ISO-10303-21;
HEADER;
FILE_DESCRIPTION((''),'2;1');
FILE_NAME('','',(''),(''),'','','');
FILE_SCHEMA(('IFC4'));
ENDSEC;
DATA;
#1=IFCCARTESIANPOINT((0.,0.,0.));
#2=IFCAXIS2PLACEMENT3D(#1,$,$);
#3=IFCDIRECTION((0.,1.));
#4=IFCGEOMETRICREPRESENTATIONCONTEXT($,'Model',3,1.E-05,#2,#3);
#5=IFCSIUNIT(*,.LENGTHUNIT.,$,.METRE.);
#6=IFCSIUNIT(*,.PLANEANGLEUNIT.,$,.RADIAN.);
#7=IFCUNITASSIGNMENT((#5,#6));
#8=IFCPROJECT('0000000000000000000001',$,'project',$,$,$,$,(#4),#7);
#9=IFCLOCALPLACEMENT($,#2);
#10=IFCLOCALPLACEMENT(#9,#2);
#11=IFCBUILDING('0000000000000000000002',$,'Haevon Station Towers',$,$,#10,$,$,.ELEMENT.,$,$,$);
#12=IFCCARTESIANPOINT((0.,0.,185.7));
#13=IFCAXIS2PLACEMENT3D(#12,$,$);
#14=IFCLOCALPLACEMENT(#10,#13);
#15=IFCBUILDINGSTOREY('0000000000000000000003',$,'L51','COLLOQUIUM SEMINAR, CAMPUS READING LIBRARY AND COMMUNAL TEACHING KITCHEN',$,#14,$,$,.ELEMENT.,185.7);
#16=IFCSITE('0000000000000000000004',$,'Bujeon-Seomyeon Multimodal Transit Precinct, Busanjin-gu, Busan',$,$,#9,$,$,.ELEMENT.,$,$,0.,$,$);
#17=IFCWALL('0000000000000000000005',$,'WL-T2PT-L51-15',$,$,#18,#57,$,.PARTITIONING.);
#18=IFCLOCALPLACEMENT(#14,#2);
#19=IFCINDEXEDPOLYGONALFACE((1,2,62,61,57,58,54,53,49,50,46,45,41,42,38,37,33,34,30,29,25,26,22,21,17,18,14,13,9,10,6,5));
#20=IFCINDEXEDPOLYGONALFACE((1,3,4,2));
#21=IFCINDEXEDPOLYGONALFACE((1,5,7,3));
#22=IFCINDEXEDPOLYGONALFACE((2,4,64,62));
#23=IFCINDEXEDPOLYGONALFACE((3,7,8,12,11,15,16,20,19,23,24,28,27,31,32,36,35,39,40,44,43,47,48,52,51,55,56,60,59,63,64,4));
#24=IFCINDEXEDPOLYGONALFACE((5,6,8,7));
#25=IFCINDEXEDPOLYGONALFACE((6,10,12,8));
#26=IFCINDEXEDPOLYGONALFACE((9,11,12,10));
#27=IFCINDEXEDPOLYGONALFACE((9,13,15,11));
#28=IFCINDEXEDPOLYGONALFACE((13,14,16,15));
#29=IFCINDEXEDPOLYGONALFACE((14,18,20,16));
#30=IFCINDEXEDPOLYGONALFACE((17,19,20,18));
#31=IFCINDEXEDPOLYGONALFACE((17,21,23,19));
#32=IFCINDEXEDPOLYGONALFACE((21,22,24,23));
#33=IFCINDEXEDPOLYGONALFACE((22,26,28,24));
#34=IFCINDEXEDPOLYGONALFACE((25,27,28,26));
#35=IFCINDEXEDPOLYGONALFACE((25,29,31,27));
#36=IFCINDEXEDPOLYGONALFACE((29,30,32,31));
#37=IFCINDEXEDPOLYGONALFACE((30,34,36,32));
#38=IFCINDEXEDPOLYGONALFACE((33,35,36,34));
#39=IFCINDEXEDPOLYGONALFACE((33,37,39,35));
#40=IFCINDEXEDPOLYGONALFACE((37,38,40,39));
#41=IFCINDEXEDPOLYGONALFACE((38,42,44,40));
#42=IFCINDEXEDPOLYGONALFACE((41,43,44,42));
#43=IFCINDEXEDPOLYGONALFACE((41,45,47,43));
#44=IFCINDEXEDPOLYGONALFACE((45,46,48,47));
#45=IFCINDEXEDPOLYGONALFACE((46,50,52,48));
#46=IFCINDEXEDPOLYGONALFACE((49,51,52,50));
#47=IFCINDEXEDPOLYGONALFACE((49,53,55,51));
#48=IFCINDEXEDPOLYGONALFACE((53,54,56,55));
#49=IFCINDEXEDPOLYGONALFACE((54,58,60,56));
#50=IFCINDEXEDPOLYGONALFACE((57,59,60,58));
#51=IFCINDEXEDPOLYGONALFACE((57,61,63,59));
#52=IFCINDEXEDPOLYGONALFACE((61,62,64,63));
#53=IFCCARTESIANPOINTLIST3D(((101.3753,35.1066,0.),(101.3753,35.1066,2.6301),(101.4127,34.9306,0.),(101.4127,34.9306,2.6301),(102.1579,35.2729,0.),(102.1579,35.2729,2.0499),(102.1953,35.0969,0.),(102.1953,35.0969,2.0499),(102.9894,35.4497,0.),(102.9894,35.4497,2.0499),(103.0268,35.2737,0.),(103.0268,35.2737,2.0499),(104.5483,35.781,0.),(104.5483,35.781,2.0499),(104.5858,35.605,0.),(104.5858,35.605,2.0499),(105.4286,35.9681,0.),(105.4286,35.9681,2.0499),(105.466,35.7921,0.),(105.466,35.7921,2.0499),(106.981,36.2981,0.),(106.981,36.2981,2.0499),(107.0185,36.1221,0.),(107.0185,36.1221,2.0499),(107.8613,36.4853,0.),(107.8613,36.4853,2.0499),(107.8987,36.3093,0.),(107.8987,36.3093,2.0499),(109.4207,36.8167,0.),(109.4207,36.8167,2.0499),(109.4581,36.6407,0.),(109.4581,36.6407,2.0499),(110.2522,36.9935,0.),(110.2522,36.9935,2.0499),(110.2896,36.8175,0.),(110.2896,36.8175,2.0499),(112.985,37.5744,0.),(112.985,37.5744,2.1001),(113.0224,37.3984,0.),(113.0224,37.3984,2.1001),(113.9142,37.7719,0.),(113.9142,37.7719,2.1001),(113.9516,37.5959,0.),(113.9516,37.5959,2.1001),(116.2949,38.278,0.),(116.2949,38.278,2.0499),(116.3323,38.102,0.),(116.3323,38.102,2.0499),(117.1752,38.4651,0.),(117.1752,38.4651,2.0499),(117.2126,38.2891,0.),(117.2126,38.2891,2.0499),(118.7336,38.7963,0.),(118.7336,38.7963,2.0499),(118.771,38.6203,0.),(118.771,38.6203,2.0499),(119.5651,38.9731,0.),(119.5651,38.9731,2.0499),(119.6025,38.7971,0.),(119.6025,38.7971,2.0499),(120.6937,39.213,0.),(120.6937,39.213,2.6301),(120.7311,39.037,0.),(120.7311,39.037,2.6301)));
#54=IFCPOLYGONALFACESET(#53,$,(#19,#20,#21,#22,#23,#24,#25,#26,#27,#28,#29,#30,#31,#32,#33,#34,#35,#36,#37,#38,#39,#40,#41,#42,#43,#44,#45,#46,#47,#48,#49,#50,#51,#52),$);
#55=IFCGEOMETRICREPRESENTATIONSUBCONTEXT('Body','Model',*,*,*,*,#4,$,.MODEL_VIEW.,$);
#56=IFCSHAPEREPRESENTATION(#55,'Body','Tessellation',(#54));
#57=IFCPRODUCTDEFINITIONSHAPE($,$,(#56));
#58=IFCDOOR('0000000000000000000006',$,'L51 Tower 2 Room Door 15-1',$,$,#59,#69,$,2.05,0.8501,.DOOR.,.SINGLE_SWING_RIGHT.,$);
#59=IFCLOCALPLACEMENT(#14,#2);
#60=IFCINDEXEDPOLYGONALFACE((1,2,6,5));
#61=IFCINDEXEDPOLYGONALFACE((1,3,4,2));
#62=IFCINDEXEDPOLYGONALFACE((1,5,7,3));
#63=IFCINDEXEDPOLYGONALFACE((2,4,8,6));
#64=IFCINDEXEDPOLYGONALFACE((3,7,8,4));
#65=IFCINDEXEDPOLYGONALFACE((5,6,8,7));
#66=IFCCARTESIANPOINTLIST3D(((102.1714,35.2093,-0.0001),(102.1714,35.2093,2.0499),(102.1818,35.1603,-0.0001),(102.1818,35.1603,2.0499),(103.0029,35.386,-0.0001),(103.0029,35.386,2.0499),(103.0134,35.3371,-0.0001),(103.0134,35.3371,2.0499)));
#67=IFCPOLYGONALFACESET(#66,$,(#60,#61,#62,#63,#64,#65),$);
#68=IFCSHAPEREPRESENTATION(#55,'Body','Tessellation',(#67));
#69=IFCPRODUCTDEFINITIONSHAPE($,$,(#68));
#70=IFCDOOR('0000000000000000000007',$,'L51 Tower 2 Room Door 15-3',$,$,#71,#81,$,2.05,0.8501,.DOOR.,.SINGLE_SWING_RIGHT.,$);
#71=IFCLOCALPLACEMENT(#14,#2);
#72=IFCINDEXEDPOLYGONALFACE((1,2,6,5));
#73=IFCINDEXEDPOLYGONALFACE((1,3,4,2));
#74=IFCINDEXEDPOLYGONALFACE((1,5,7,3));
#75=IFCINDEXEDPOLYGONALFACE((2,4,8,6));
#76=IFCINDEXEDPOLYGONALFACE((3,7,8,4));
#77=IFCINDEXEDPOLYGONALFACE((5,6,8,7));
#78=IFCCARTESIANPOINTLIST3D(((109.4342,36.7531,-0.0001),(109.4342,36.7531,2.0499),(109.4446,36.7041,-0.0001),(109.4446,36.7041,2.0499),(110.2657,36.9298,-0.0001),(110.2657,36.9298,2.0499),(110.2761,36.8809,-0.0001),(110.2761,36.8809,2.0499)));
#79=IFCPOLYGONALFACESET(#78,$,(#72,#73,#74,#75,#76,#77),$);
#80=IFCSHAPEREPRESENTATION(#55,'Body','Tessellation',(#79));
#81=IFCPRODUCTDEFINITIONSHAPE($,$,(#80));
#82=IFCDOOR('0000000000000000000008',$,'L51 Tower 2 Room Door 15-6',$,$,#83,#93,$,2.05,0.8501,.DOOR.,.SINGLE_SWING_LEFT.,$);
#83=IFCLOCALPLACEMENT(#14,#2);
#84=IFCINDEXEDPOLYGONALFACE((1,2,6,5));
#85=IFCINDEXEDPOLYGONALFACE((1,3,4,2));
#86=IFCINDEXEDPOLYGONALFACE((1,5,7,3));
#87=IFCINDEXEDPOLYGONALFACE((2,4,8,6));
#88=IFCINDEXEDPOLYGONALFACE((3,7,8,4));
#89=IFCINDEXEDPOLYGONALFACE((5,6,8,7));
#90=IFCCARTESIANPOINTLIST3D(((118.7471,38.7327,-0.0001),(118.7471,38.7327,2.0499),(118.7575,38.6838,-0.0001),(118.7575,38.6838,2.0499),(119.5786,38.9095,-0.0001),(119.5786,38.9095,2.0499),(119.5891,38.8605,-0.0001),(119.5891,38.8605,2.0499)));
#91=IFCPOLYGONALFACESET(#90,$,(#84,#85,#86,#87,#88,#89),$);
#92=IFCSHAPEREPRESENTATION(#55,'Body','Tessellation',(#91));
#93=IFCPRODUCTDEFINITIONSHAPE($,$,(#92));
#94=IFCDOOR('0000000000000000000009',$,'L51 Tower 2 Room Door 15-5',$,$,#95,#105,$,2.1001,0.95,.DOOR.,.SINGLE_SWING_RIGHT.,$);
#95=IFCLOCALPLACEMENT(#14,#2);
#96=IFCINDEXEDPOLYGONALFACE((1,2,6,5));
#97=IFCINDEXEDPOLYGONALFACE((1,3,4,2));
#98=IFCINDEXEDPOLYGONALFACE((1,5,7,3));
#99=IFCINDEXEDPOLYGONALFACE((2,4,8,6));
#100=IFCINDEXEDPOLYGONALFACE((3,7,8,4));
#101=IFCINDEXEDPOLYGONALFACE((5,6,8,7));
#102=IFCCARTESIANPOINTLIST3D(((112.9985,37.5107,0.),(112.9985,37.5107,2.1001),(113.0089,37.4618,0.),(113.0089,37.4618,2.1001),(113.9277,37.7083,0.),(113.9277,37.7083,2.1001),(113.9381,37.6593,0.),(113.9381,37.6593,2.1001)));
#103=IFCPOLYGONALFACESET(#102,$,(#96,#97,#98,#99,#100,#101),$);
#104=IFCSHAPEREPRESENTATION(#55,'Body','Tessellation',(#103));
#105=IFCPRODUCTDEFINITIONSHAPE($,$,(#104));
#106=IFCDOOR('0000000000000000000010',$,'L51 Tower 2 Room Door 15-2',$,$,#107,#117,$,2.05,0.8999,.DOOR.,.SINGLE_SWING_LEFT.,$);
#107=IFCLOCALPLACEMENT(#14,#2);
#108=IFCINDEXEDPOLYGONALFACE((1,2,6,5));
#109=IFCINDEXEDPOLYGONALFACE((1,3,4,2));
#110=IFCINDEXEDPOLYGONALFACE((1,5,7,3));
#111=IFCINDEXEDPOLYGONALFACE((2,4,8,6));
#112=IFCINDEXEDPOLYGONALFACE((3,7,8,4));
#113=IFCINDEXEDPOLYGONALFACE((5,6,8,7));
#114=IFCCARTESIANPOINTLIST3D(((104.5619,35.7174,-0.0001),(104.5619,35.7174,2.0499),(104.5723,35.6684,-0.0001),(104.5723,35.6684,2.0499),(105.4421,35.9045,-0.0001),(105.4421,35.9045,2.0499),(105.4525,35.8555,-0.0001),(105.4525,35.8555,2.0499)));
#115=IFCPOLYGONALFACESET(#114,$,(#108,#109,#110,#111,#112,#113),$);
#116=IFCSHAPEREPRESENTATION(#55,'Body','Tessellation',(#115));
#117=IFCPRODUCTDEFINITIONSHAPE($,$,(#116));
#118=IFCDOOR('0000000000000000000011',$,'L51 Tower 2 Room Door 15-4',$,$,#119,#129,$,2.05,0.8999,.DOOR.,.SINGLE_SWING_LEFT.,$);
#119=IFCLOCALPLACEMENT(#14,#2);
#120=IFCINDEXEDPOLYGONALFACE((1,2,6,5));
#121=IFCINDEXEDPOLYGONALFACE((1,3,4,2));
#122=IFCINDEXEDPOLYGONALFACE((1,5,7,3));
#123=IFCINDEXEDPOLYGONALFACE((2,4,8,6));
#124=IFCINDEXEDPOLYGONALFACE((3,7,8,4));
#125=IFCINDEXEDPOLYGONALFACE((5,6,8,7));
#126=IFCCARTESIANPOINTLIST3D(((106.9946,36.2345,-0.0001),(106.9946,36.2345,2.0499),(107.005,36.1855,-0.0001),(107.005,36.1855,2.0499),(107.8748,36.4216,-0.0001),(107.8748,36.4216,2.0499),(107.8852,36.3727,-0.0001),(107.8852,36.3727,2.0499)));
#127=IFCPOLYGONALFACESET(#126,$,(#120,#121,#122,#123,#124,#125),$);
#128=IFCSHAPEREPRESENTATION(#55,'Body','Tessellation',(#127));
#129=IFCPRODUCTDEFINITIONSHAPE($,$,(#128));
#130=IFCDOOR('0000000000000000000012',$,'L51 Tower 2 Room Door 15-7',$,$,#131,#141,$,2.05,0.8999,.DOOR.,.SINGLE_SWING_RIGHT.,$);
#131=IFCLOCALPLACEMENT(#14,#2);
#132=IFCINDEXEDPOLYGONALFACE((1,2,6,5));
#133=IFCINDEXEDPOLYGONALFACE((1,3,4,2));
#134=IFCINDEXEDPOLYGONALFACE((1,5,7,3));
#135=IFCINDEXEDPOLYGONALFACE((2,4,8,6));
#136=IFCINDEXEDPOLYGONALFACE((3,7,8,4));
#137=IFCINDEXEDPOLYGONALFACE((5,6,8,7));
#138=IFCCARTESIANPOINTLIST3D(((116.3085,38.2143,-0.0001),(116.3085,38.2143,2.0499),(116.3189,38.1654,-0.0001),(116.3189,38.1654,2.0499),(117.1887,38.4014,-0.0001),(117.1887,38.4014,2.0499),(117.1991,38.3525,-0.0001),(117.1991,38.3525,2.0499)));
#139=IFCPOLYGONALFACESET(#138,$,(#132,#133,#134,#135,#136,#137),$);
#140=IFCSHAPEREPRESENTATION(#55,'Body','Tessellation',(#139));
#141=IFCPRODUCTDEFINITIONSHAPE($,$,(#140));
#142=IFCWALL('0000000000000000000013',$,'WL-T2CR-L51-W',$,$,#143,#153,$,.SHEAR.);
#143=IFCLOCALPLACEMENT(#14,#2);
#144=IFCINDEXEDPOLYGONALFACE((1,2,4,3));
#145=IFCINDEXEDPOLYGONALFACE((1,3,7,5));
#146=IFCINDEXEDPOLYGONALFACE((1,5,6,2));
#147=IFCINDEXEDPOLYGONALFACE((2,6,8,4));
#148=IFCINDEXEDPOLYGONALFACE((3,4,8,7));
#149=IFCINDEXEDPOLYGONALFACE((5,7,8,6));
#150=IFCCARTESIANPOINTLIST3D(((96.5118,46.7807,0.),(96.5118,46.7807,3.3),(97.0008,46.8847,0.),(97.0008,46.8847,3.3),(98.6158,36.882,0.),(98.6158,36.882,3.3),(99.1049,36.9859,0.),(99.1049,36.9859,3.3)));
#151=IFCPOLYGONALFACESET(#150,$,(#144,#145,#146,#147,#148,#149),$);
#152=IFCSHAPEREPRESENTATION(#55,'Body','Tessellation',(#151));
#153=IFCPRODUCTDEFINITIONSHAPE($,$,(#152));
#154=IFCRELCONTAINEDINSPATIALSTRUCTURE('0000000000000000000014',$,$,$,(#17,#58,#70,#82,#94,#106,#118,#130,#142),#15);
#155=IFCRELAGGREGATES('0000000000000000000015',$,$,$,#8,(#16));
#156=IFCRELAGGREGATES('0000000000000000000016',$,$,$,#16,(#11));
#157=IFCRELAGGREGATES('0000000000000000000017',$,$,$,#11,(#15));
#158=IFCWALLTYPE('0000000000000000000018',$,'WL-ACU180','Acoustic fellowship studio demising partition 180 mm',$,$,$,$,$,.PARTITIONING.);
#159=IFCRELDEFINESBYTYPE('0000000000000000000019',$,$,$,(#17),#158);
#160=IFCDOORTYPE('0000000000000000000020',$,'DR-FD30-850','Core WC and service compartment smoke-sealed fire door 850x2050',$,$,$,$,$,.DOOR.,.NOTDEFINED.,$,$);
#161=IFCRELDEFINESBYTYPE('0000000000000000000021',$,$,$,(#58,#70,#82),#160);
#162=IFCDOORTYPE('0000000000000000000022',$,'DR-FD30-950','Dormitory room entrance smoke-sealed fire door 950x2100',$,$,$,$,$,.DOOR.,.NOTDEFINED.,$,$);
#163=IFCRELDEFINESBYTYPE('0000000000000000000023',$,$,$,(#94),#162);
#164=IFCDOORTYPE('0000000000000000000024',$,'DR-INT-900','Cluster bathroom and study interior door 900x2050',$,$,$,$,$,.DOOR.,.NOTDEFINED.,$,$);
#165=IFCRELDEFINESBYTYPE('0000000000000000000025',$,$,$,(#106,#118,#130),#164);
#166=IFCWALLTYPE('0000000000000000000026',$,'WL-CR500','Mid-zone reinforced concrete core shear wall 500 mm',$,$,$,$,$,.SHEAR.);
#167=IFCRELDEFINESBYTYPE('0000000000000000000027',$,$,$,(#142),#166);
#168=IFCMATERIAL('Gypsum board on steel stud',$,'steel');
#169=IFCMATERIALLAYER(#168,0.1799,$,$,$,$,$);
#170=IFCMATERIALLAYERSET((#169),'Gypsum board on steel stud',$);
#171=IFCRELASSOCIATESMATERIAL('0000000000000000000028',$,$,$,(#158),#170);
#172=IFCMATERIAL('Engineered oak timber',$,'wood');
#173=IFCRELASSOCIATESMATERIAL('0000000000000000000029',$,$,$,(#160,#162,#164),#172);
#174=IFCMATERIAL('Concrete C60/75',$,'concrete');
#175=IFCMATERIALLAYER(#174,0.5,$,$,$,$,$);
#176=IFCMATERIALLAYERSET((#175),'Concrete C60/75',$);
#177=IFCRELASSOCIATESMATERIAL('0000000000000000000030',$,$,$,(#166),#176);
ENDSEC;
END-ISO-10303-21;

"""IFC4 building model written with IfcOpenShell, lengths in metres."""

from ifc_helpers import new_model, si_unit, direction, frame, frame_2d, origin, place, context, subcontext, project, spatial, rectangle, extrude, material, layer, layer_set, type_object, element, fill, save


model = new_model("IFC4")

# Units and contexts
model_context = context("Model", 3, precision=1e-05, world=origin(), true_north=direction((0.0, 1.0)))
body_context = subcontext(model_context, "Body", "Model", "MODEL_VIEW")
ifc_project = project(units=[si_unit("LENGTHUNIT", "METRE"), si_unit("PLANEANGLEUNIT", "RADIAN")], contexts=[model_context])

# Site, building, storey
site_placement = place(None, origin())
site = spatial("IfcSite", under=ifc_project, at=site_placement, Name="Bujeon-Seomyeon Multimodal Transit Precinct, Busanjin-gu, Busan", CompositionType="ELEMENT", RefElevation=0.0)
building_placement = place(site_placement, origin())
building = spatial("IfcBuilding", under=site, at=building_placement, Name="Haevon Station Towers", CompositionType="ELEMENT")
storey_placement = place(building_placement, frame((0.0, 0.0, 185.7)))
storey = spatial("IfcBuildingStorey", under=building, at=storey_placement, Name="L51", Description="COLLOQUIUM SEMINAR, CAMPUS READING LIBRARY AND COMMUNAL TEACHING KITCHEN", CompositionType="ELEMENT", Elevation=185.7)

# Wall, openings, doors
ifc_material_1 = material(Name="Gypsum board on steel stud", Category="steel")
ifc_layer_1 = layer(ifc_material_1, 0.1799)
ifc_layer_set_1 = layer_set([ifc_layer_1], Name="Gypsum board on steel stud")
wall_type_1 = type_object("IfcWallType", Name="WL-ACU180", Description="Acoustic fellowship studio demising partition 180 mm", PredefinedType="PARTITIONING", material=ifc_layer_set_1)
wall_1_placement = place(storey_placement, frame((101.394, 35.0186, 0.0), z_axis=(0.0, 0.0, 1.0), x_axis=(0.978146, 0.207921, 0.0)))
wall_1 = element("IfcWall", 1, at=wall_1_placement, inside=storey, type_object=wall_type_1, Name="WL-T2PT-L51-15", PredefinedType="PARTITIONING", context=body_context, shape_type="SweptSolid", body=[
    extrude(rectangle(XDim=19.75, YDim=0.1799, at=frame_2d((9.875, 0.0))), origin(), (0.0, 0.0, 1.0), 2.6301),
])
opening_1_placement = place(wall_1_placement, frame((0.8, 0.0, 0.0)))
opening_1 = element("IfcOpeningElement", 2, at=opening_1_placement, cuts=wall_1, PredefinedType="OPENING", context=body_context, shape_type="SweptSolid", body=[
    extrude(rectangle(XDim=0.8501, YDim=2.05, at=frame_2d((0.425, 1.0249))), frame((0.0, 0.0999, 0.0), z_axis=(0.0, -1.0, 0.0), x_axis=(1.0, 0.0, 0.0)), (0.0, 0.0, 1.0), 0.2),
])
opening_2_placement = place(wall_1_placement, frame((3.2439, 0.0, 0.0)))
opening_2 = element("IfcOpeningElement", 3, at=opening_2_placement, cuts=wall_1, PredefinedType="OPENING", context=body_context, shape_type="SweptSolid", body=[
    extrude(rectangle(XDim=0.8999, YDim=2.05, at=frame_2d((0.45, 1.0249))), frame((0.0, 0.0999, 0.0), z_axis=(0.0, -1.0, 0.0), x_axis=(1.0, 0.0, 0.0)), (0.0, 0.0, 1.0), 0.2),
])
opening_3_placement = place(wall_1_placement, frame((8.2251, 0.0, 0.0)))
opening_3 = element("IfcOpeningElement", 4, at=opening_3_placement, cuts=wall_1, PredefinedType="OPENING", context=body_context, shape_type="SweptSolid", body=[
    extrude(rectangle(XDim=0.8501, YDim=2.05, at=frame_2d((0.425, 1.0249))), frame((0.0, 0.0999, 0.0), z_axis=(0.0, -1.0, 0.0), x_axis=(1.0, 0.0, 0.0)), (0.0, 0.0, 1.0), 0.2),
])
opening_4_placement = place(wall_1_placement, frame((5.731, 0.0, 0.0)))
opening_4 = element("IfcOpeningElement", 5, at=opening_4_placement, cuts=wall_1, PredefinedType="OPENING", context=body_context, shape_type="SweptSolid", body=[
    extrude(rectangle(XDim=0.8999, YDim=2.05, at=frame_2d((0.45, 1.0249))), frame((0.0, 0.0999, 0.0), z_axis=(0.0, -1.0, 0.0), x_axis=(1.0, 0.0, 0.0)), (0.0, 0.0, 1.0), 0.2),
])
opening_5_placement = place(wall_1_placement, frame((11.8689, 0.0, 0.0)))
opening_5 = element("IfcOpeningElement", 6, at=opening_5_placement, cuts=wall_1, PredefinedType="OPENING", context=body_context, shape_type="SweptSolid", body=[
    extrude(rectangle(XDim=0.95, YDim=2.1001, at=frame_2d((0.4751, 1.05))), frame((0.0, 0.0999, 0.0), z_axis=(0.0, -1.0, 0.0), x_axis=(1.0, 0.0, 0.0)), (0.0, 0.0, 1.0), 0.2),
])
opening_6_placement = place(wall_1_placement, frame((17.7461, 0.0, 0.0)))
opening_6 = element("IfcOpeningElement", 7, at=opening_6_placement, cuts=wall_1, PredefinedType="OPENING", context=body_context, shape_type="SweptSolid", body=[
    extrude(rectangle(XDim=0.8501, YDim=2.05, at=frame_2d((0.425, 1.0249))), frame((0.0, 0.0999, 0.0), z_axis=(0.0, -1.0, 0.0), x_axis=(1.0, 0.0, 0.0)), (0.0, 0.0, 1.0), 0.2),
])
opening_7_placement = place(wall_1_placement, frame((15.2529, 0.0, 0.0)))
opening_7 = element("IfcOpeningElement", 8, at=opening_7_placement, cuts=wall_1, PredefinedType="OPENING", context=body_context, shape_type="SweptSolid", body=[
    extrude(rectangle(XDim=0.8999, YDim=2.05, at=frame_2d((0.45, 1.0249))), frame((0.0, 0.0999, 0.0), z_axis=(0.0, -1.0, 0.0), x_axis=(1.0, 0.0, 0.0)), (0.0, 0.0, 1.0), 0.2),
])
ifc_material_2 = material(Name="Engineered oak timber", Category="wood")
door_type_1 = type_object("IfcDoorType", Name="DR-FD30-850", Description="Core WC and service compartment smoke-sealed fire door 850x2050", OperationType="NOTDEFINED", PredefinedType="DOOR", material=ifc_material_2)
door_1_placement = place(opening_1_placement, origin())
door_1 = element("IfcDoor", 9, at=door_1_placement, inside=storey, type_object=door_type_1, Name="L51 Tower 2 Room Door 15-1", OperationType="SINGLE_SWING_RIGHT", OverallHeight=2.05, OverallWidth=0.8501, PredefinedType="DOOR", context=body_context, shape_type="SweptSolid", body=[
    extrude(rectangle(XDim=0.8501, YDim=2.05, at=frame_2d((0.425, 1.0249))), frame((0.0, 0.0249, 0.0), z_axis=(0.0, -1.0, 0.0), x_axis=(1.0, 0.0, 0.0)), (0.0, 0.0, 1.0), 0.05),
])
fill(opening_1, door_1)
door_2_placement = place(opening_3_placement, origin())
door_2 = element("IfcDoor", 10, at=door_2_placement, inside=storey, type_object=door_type_1, Name="L51 Tower 2 Room Door 15-3", OperationType="SINGLE_SWING_RIGHT", OverallHeight=2.05, OverallWidth=0.8501, PredefinedType="DOOR", context=body_context, shape_type="SweptSolid", body=[
    extrude(rectangle(XDim=0.8501, YDim=2.05, at=frame_2d((0.425, 1.0249))), frame((0.0, 0.0249, 0.0), z_axis=(0.0, -1.0, 0.0), x_axis=(1.0, 0.0, 0.0)), (0.0, 0.0, 1.0), 0.05),
])
fill(opening_3, door_2)
door_3_placement = place(opening_6_placement, origin())
door_3 = element("IfcDoor", 11, at=door_3_placement, inside=storey, type_object=door_type_1, Name="L51 Tower 2 Room Door 15-6", OperationType="SINGLE_SWING_LEFT", OverallHeight=2.05, OverallWidth=0.8501, PredefinedType="DOOR", context=body_context, shape_type="SweptSolid", body=[
    extrude(rectangle(XDim=0.8501, YDim=2.05, at=frame_2d((0.425, 1.0249))), frame((0.0, 0.0249, 0.0), z_axis=(0.0, -1.0, 0.0), x_axis=(1.0, 0.0, 0.0)), (0.0, 0.0, 1.0), 0.05),
])
fill(opening_6, door_3)
door_type_2 = type_object("IfcDoorType", Name="DR-FD30-950", Description="Dormitory room entrance smoke-sealed fire door 950x2100", OperationType="NOTDEFINED", PredefinedType="DOOR", material=ifc_material_2)
door_4_placement = place(opening_5_placement, origin())
door_4 = element("IfcDoor", 12, at=door_4_placement, inside=storey, type_object=door_type_2, Name="L51 Tower 2 Room Door 15-5", OperationType="SINGLE_SWING_RIGHT", OverallHeight=2.1001, OverallWidth=0.95, PredefinedType="DOOR", context=body_context, shape_type="SweptSolid", body=[
    extrude(rectangle(XDim=0.95, YDim=2.1001, at=frame_2d((0.4751, 1.05))), frame((0.0, 0.0249, 0.0), z_axis=(0.0, -1.0, 0.0), x_axis=(1.0, 0.0, 0.0)), (0.0, 0.0, 1.0), 0.05),
])
fill(opening_5, door_4)
door_type_3 = type_object("IfcDoorType", Name="DR-INT-900", Description="Cluster bathroom and study interior door 900x2050", OperationType="NOTDEFINED", PredefinedType="DOOR", material=ifc_material_2)
door_5_placement = place(opening_2_placement, origin())
door_5 = element("IfcDoor", 13, at=door_5_placement, inside=storey, type_object=door_type_3, Name="L51 Tower 2 Room Door 15-2", OperationType="SINGLE_SWING_LEFT", OverallHeight=2.05, OverallWidth=0.8999, PredefinedType="DOOR", context=body_context, shape_type="SweptSolid", body=[
    extrude(rectangle(XDim=0.8999, YDim=2.05, at=frame_2d((0.45, 1.0249))), frame((0.0, 0.0249, 0.0), z_axis=(0.0, -1.0, 0.0), x_axis=(1.0, 0.0, 0.0)), (0.0, 0.0, 1.0), 0.05),
])
fill(opening_2, door_5)
door_6_placement = place(opening_4_placement, origin())
door_6 = element("IfcDoor", 14, at=door_6_placement, inside=storey, type_object=door_type_3, Name="L51 Tower 2 Room Door 15-4", OperationType="SINGLE_SWING_LEFT", OverallHeight=2.05, OverallWidth=0.8999, PredefinedType="DOOR", context=body_context, shape_type="SweptSolid", body=[
    extrude(rectangle(XDim=0.8999, YDim=2.05, at=frame_2d((0.45, 1.0249))), frame((0.0, 0.0249, 0.0), z_axis=(0.0, -1.0, 0.0), x_axis=(1.0, 0.0, 0.0)), (0.0, 0.0, 1.0), 0.05),
])
fill(opening_4, door_6)
door_7_placement = place(opening_7_placement, origin())
door_7 = element("IfcDoor", 15, at=door_7_placement, inside=storey, type_object=door_type_3, Name="L51 Tower 2 Room Door 15-7", OperationType="SINGLE_SWING_RIGHT", OverallHeight=2.05, OverallWidth=0.8999, PredefinedType="DOOR", context=body_context, shape_type="SweptSolid", body=[
    extrude(rectangle(XDim=0.8999, YDim=2.05, at=frame_2d((0.45, 1.0249))), frame((0.0, 0.0249, 0.0), z_axis=(0.0, -1.0, 0.0), x_axis=(1.0, 0.0, 0.0)), (0.0, 0.0, 1.0), 0.05),
])
fill(opening_7, door_7)

# Wall
ifc_material_3 = material(Name="Concrete C60/75", Category="concrete")
ifc_layer_2 = layer(ifc_material_3, 0.5)
ifc_layer_set_2 = layer_set([ifc_layer_2], Name="Concrete C60/75")
wall_type_2 = type_object("IfcWallType", Name="WL-CR500", Description="Mid-zone reinforced concrete core shear wall 500 mm", PredefinedType="SHEAR", material=ifc_layer_set_2)
wall_2_placement = place(storey_placement, frame((98.8604, 36.9338, 0.0), z_axis=(0.0, 0.0, 1.0), x_axis=(-0.207909, 0.978148, 0.0)))
element("IfcWall", 16, at=wall_2_placement, inside=storey, type_object=wall_type_2, Name="WL-T2CR-L51-W", PredefinedType="SHEAR", context=body_context, shape_type="SweptSolid", body=[
    extrude(rectangle(XDim=10.1199, YDim=0.5, at=frame_2d((5.0601, 0.0))), origin(), (0.0, 0.0, 1.0), 3.3),
])

save(model, "model.ifc")
